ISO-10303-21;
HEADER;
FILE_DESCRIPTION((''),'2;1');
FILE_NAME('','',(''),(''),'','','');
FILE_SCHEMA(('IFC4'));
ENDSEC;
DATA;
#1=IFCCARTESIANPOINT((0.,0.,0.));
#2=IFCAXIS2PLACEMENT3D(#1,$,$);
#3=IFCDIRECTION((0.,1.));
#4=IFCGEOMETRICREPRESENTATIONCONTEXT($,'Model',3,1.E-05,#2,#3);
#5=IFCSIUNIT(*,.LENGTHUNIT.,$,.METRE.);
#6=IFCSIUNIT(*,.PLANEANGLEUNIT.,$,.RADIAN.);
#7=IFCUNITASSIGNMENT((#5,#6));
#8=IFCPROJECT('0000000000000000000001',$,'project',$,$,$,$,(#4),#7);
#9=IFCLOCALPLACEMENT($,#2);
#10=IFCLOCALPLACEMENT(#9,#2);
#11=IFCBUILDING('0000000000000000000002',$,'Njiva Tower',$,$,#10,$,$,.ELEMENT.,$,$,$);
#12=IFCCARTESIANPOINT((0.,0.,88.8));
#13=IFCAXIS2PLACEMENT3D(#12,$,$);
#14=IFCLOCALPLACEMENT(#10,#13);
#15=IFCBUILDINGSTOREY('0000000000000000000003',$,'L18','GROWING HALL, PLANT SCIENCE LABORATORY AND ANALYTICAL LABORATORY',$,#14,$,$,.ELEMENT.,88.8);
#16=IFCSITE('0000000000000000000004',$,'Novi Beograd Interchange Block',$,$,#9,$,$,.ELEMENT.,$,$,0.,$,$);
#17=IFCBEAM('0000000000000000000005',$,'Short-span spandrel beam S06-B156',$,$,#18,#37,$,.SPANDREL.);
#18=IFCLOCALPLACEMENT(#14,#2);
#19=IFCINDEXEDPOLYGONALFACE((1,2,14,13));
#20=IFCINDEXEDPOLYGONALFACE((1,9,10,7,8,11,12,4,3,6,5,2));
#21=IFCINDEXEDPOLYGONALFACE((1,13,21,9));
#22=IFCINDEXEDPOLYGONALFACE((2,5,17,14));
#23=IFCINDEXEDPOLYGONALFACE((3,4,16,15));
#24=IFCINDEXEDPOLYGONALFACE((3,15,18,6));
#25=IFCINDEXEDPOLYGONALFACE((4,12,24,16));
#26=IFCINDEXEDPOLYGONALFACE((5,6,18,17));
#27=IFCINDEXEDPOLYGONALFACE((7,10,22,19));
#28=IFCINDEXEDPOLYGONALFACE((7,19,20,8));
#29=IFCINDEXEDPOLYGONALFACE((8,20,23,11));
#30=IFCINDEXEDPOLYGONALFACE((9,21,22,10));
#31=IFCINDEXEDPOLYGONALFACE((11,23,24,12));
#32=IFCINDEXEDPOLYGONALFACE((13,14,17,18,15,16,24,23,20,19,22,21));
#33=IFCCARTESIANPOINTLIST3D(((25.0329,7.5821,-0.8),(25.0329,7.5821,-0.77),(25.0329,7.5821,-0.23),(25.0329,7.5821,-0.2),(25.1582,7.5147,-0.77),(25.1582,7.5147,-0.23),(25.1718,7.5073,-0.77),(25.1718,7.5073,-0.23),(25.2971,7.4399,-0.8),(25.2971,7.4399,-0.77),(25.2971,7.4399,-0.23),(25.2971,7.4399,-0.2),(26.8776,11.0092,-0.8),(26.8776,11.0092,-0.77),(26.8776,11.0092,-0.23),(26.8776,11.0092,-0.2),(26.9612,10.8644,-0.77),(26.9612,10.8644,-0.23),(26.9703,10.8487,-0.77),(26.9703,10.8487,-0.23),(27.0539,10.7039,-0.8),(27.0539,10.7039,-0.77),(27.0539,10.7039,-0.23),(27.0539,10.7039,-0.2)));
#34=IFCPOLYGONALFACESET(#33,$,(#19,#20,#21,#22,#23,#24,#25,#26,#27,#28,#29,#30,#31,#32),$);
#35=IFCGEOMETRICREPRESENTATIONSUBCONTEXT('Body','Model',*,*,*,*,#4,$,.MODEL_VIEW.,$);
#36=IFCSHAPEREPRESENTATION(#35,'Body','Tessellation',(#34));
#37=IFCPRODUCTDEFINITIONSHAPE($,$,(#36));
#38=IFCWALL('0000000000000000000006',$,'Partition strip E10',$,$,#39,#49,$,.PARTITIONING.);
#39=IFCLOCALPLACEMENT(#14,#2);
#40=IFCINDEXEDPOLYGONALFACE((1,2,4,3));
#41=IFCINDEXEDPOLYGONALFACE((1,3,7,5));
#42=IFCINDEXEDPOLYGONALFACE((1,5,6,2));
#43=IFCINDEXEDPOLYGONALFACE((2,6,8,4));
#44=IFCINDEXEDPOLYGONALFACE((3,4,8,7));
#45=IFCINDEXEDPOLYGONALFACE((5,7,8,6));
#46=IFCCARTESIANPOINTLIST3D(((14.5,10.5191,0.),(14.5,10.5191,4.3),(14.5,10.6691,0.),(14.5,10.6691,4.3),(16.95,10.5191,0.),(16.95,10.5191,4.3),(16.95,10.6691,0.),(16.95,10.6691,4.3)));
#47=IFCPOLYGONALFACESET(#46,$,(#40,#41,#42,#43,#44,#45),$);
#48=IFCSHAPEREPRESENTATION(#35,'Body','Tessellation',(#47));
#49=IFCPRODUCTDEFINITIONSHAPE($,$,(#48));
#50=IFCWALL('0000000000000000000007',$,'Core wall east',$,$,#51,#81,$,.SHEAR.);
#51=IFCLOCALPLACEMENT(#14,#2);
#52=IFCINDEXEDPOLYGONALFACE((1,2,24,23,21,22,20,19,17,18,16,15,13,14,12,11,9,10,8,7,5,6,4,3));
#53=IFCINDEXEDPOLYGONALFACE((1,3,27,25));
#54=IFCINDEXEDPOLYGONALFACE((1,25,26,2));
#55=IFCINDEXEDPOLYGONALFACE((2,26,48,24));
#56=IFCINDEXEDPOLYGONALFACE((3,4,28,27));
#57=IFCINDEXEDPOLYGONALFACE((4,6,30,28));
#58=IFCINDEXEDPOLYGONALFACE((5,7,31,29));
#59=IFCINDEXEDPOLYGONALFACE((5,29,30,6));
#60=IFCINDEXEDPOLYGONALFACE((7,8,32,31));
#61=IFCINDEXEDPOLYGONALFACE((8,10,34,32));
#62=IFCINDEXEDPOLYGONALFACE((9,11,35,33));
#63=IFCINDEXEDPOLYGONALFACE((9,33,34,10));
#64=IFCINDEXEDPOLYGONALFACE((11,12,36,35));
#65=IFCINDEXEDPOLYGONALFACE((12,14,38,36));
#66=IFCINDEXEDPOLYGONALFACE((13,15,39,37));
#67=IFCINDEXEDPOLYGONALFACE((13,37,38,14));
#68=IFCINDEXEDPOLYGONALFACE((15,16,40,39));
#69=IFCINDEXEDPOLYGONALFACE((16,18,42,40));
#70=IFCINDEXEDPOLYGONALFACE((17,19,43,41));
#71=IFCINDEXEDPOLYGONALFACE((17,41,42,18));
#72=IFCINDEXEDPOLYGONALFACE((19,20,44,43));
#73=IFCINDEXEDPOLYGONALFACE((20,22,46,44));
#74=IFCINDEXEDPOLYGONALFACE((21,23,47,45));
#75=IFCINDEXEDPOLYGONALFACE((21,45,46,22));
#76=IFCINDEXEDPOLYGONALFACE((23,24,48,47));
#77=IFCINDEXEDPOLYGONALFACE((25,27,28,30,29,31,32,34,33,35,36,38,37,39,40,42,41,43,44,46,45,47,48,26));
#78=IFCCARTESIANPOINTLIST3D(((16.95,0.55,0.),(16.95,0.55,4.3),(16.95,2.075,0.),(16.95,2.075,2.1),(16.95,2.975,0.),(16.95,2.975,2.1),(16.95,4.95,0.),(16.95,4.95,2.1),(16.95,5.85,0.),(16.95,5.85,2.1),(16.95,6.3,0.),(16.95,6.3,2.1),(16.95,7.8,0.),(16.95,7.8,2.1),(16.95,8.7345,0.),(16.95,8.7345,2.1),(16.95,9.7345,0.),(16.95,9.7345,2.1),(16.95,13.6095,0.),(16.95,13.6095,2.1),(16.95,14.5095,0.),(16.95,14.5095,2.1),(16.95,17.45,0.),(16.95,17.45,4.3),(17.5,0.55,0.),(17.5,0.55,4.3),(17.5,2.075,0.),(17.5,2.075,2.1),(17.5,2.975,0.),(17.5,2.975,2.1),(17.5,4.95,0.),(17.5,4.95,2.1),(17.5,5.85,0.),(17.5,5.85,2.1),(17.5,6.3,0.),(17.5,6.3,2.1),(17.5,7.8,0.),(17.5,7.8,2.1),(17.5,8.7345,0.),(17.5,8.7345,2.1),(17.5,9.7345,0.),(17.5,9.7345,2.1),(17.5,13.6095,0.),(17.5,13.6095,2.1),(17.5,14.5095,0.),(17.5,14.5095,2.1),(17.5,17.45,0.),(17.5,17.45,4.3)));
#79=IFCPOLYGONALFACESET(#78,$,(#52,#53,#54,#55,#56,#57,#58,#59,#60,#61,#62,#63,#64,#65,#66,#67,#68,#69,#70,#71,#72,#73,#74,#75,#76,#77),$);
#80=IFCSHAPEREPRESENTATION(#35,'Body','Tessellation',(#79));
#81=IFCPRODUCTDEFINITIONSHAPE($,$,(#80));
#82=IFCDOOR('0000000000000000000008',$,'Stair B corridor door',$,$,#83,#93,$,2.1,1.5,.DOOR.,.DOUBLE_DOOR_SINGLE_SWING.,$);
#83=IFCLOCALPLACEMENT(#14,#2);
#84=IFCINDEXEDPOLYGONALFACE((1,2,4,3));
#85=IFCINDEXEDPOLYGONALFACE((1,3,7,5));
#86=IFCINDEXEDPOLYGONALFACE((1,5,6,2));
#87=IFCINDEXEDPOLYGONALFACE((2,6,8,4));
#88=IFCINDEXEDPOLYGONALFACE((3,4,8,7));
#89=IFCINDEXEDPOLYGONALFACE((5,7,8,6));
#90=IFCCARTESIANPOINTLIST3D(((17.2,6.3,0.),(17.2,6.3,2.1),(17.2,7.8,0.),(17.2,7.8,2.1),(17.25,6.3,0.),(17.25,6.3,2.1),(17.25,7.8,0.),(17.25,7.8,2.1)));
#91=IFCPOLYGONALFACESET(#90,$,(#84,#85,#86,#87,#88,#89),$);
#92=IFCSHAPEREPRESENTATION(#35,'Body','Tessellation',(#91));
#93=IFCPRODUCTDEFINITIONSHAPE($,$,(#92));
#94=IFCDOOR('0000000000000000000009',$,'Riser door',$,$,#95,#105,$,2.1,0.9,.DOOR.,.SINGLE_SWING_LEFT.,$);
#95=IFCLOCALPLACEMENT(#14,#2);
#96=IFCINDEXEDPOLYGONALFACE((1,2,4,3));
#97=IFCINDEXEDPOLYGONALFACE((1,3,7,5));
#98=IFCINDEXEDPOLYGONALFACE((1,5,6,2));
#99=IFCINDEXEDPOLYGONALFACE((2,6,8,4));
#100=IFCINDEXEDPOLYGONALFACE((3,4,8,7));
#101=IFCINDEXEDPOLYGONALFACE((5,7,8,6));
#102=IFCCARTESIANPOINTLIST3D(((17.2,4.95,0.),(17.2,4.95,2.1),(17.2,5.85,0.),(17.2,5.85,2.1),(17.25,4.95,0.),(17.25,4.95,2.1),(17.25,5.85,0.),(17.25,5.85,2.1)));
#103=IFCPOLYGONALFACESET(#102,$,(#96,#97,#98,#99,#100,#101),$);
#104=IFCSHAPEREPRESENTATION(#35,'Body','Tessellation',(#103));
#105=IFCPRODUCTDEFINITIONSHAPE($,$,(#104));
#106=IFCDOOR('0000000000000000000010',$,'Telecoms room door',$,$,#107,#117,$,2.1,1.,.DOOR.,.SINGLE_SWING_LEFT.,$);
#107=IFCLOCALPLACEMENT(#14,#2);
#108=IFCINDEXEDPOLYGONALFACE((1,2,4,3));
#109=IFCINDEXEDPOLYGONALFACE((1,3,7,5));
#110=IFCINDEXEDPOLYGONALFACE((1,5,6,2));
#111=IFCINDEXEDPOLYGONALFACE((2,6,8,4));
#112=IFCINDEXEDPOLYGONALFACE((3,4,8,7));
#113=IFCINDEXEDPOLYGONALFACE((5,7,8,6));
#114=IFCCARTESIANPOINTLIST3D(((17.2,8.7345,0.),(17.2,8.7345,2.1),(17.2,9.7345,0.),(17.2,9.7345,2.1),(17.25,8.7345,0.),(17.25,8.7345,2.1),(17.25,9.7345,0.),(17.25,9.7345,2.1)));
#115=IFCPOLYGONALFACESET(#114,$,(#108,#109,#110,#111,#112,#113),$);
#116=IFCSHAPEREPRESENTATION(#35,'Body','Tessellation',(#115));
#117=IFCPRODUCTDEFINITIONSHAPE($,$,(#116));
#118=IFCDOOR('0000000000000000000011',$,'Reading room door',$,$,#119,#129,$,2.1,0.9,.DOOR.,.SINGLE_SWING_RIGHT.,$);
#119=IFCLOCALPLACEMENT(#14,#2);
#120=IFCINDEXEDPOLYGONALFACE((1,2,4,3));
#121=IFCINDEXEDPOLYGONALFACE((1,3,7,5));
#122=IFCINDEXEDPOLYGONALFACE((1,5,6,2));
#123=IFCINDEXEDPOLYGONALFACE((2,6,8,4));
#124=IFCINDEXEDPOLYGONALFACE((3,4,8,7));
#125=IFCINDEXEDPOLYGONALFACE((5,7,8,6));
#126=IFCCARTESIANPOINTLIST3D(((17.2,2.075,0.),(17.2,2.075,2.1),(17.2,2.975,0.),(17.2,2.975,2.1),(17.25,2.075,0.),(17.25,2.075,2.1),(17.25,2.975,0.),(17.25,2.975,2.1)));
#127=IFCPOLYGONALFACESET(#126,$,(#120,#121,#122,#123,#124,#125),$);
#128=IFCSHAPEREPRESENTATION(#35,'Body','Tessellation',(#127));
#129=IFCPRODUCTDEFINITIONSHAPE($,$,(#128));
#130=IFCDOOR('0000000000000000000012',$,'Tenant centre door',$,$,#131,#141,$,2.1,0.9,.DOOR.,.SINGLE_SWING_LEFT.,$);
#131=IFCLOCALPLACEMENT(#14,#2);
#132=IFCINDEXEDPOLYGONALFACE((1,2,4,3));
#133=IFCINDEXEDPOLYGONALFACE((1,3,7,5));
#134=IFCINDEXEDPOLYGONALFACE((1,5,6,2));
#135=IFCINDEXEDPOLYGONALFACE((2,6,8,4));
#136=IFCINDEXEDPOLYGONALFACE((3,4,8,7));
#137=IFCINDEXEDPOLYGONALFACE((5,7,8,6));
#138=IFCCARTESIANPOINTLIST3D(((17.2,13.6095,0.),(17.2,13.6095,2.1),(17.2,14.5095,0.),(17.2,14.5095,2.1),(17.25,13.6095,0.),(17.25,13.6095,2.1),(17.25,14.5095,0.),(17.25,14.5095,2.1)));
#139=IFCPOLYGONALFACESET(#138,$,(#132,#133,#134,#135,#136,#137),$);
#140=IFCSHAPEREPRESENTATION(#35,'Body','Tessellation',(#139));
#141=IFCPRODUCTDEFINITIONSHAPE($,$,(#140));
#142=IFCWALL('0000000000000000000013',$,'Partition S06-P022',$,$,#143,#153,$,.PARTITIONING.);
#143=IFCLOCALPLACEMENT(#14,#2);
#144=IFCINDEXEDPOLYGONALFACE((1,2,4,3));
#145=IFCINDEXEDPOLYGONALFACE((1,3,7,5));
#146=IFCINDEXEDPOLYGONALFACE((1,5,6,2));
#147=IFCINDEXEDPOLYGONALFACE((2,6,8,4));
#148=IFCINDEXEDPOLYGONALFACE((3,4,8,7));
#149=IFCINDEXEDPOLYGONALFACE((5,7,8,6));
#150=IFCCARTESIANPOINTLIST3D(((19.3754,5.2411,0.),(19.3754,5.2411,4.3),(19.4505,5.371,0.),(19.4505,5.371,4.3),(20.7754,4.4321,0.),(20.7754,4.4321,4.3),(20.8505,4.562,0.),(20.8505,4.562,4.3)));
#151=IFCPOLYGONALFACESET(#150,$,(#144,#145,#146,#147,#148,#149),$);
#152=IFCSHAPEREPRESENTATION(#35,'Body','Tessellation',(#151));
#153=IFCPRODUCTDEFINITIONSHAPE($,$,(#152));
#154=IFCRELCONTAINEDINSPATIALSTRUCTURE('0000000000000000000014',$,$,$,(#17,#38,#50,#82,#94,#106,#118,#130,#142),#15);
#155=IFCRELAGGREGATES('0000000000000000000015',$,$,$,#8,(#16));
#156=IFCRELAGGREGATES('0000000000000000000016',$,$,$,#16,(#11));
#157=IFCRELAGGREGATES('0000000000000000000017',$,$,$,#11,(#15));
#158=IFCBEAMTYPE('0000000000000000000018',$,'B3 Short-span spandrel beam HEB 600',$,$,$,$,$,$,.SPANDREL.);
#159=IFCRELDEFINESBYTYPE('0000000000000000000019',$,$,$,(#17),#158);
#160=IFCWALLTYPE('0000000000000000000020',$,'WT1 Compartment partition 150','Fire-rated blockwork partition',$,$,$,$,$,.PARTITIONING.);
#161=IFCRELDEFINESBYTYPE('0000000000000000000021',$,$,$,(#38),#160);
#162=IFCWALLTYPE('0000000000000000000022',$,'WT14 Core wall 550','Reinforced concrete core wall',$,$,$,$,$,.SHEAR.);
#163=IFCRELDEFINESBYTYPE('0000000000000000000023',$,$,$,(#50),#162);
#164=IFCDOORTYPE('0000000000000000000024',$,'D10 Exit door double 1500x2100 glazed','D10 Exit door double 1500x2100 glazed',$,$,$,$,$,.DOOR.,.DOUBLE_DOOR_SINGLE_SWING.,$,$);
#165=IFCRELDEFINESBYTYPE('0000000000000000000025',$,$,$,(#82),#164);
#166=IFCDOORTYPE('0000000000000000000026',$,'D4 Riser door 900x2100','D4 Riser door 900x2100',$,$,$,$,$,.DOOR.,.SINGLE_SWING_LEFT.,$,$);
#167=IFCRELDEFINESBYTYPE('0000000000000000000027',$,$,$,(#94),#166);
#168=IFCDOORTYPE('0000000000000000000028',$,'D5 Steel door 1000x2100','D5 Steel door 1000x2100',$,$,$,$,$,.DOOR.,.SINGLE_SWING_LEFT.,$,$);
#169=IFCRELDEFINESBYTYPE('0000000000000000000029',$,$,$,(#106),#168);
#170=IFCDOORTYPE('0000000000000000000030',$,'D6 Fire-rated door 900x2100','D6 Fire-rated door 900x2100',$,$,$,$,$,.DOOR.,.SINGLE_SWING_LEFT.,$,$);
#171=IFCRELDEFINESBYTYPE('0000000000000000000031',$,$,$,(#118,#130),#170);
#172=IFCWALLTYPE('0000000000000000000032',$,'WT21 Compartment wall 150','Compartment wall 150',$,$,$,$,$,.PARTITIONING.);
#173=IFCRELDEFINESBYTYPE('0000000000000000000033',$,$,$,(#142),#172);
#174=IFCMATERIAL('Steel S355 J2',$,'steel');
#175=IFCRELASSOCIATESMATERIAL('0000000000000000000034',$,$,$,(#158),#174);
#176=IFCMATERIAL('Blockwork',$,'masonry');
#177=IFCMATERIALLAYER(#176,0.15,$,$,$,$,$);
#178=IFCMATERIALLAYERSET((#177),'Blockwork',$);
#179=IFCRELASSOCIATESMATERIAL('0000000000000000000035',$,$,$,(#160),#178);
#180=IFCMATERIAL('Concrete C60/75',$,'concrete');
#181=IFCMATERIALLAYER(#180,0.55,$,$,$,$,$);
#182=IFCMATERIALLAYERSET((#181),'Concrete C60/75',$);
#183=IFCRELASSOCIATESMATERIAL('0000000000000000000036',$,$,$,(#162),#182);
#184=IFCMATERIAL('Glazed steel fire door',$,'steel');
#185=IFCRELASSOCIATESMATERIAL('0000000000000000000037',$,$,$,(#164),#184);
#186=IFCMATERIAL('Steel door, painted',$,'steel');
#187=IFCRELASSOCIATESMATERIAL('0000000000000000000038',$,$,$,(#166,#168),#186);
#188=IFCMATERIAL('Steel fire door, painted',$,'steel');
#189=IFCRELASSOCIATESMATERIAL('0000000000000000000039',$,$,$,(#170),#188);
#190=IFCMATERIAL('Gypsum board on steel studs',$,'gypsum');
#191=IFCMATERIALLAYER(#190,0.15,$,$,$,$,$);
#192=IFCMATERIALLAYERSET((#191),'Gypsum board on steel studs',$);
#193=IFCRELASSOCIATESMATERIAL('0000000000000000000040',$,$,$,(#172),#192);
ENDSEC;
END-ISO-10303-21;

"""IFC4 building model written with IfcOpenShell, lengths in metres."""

from ifc_helpers import new_model, si_unit, direction, frame, frame_2d, origin, origin_2d, place, context, subcontext, project, spatial, rectangle, i_section, extrude, clip, halfspace, material, layer, layer_set, material_profile, profile_set, type_object, element, fill, save


model = new_model("IFC4")

# Units and contexts
model_context = context("Model", 3, precision=1e-05, world=origin(), true_north=direction((0.0, 1.0)))
body_context = subcontext(model_context, "Body", "Model", "MODEL_VIEW")
ifc_project = project(units=[si_unit("LENGTHUNIT", "METRE"), si_unit("PLANEANGLEUNIT", "RADIAN")], contexts=[model_context])

# Site, building, storey
site_placement = place(None, origin())
site = spatial("IfcSite", under=ifc_project, at=site_placement, Name="Novi Beograd Interchange Block", CompositionType="ELEMENT", RefElevation=0.0)
building_placement = place(site_placement, origin())
building = spatial("IfcBuilding", under=site, at=building_placement, Name="Njiva Tower", CompositionType="ELEMENT")
storey_placement = place(building_placement, frame((0.0, 0.0, 88.8)))
storey = spatial("IfcBuildingStorey", under=building, at=storey_placement, Name="L18", Description="GROWING HALL, PLANT SCIENCE LABORATORY AND ANALYTICAL LABORATORY", CompositionType="ELEMENT", Elevation=88.8)

# Shared definitions
ifc_material_1 = material(Name="Steel S355 J2", Category="steel")

# Beam
ifc_material_profile_1 = material_profile(ifc_material_1, i_section(OverallWidth=0.3, OverallDepth=0.6, WebThickness=0.0155, FlangeThickness=0.03, at=origin_2d()), Name="HEB 600")
ifc_profile_set_1 = profile_set([ifc_material_profile_1], Name="Steel S355 J2")
beam_type_1 = type_object("IfcBeamType", Name="B3 Short-span spandrel beam HEB 600", PredefinedType="SPANDREL", material=ifc_profile_set_1)
beam_1_placement = place(storey_placement, frame((25.165, 7.511, -0.5), z_axis=(0.473959, 0.880547, 0.0), x_axis=(-0.880547, 0.473959, 0.0)))
element("IfcBeam", 1, at=beam_1_placement, inside=storey, type_object=beam_type_1, Name="Short-span spandrel beam S06-B156", PredefinedType="SPANDREL", context=body_context, shape_type="Clipping", body=[
    clip(extrude(i_section(OverallWidth=0.3, OverallDepth=0.6, WebThickness=0.0155, FlangeThickness=0.03, at=origin_2d()), origin(), (0.0, 0.0, 1.0), 3.9129), halfspace(frame((-0.0259, 0.0, 3.7834), z_axis=(-0.525599, 0.0, 0.850733), x_axis=(0.0, 1.0, 0.0)), False)),
])

# Wall
ifc_material_2 = material(Name="Blockwork", Category="masonry")
ifc_layer_1 = layer(ifc_material_2, 0.15)
ifc_layer_set_1 = layer_set([ifc_layer_1], Name="Blockwork")
wall_type_1 = type_object("IfcWallType", Name="WT1 Compartment partition 150", Description="Fire-rated blockwork partition", PredefinedType="PARTITIONING", material=ifc_layer_set_1)
wall_1_placement = place(storey_placement, frame((14.5, 10.5941, 0.0), z_axis=(0.0, 0.0, 1.0), x_axis=(1.0, 0.0, 0.0)))
element("IfcWall", 2, at=wall_1_placement, inside=storey, type_object=wall_type_1, Name="Partition strip E10", PredefinedType="PARTITIONING", context=body_context, shape_type="SweptSolid", body=[
    extrude(rectangle(XDim=2.45, YDim=0.15, at=frame_2d((1.225, 0.0))), origin(), (0.0, 0.0, 1.0), 4.3),
])

# Wall, openings, doors
ifc_material_3 = material(Name="Concrete C60/75", Category="concrete")
ifc_layer_2 = layer(ifc_material_3, 0.55)
ifc_layer_set_2 = layer_set([ifc_layer_2], Name="Concrete C60/75")
wall_type_2 = type_object("IfcWallType", Name="WT14 Core wall 550", Description="Reinforced concrete core wall", PredefinedType="SHEAR", material=ifc_layer_set_2)
wall_2_placement = place(storey_placement, frame((17.225, 0.55, 0.0), z_axis=(0.0, 0.0, 1.0), x_axis=(0.0, 1.0, 0.0)))
wall_2 = element("IfcWall", 3, at=wall_2_placement, inside=storey, type_object=wall_type_2, Name="Core wall east", PredefinedType="SHEAR", context=body_context, shape_type="SweptSolid", body=[
    extrude(rectangle(XDim=16.9, YDim=0.55, at=frame_2d((8.45, 0.0))), origin(), (0.0, 0.0, 1.0), 4.3),
])
opening_1_placement = place(wall_2_placement, frame((5.75, 0.0, 0.0)))
opening_1 = element("IfcOpeningElement", 4, at=opening_1_placement, cuts=wall_2, PredefinedType="OPENING", context=body_context, shape_type="SweptSolid", body=[
    extrude(rectangle(XDim=1.5, YDim=2.1, at=frame_2d((0.75, 1.05))), frame((0.0, 0.285, 0.0), z_axis=(0.0, -1.0, 0.0), x_axis=(1.0, 0.0, 0.0)), (0.0, 0.0, 1.0), 0.57),
])
opening_2_placement = place(wall_2_placement, frame((1.525, 0.0, 0.0)))
opening_2 = element("IfcOpeningElement", 5, at=opening_2_placement, cuts=wall_2, PredefinedType="OPENING", context=body_context, shape_type="SweptSolid", body=[
    extrude(rectangle(XDim=0.9, YDim=2.1, at=frame_2d((0.45, 1.05))), frame((0.0, 0.285, 0.0), z_axis=(0.0, -1.0, 0.0), x_axis=(1.0, 0.0, 0.0)), (0.0, 0.0, 1.0), 0.57),
])
opening_3_placement = place(wall_2_placement, frame((4.4, 0.0, 0.0)))
opening_3 = element("IfcOpeningElement", 6, at=opening_3_placement, cuts=wall_2, PredefinedType="OPENING", context=body_context, shape_type="SweptSolid", body=[
    extrude(rectangle(XDim=0.9, YDim=2.1, at=frame_2d((0.45, 1.05))), frame((0.0, 0.285, 0.0), z_axis=(0.0, -1.0, 0.0), x_axis=(1.0, 0.0, 0.0)), (0.0, 0.0, 1.0), 0.57),
])
opening_4_placement = place(wall_2_placement, frame((8.1845, 0.0, 0.0)))
opening_4 = element("IfcOpeningElement", 7, at=opening_4_placement, cuts=wall_2, PredefinedType="OPENING", context=body_context, shape_type="SweptSolid", body=[
    extrude(rectangle(XDim=1.0, YDim=2.1, at=frame_2d((0.5, 1.05))), frame((0.0, 0.285, 0.0), z_axis=(0.0, -1.0, 0.0), x_axis=(1.0, 0.0, 0.0)), (0.0, 0.0, 1.0), 0.57),
])
opening_5_placement = place(wall_2_placement, frame((13.0595, 0.0, 0.0)))
opening_5 = element("IfcOpeningElement", 8, at=opening_5_placement, cuts=wall_2, PredefinedType="OPENING", context=body_context, shape_type="SweptSolid", body=[
    extrude(rectangle(XDim=0.9, YDim=2.1, at=frame_2d((0.45, 1.05))), frame((0.0, 0.285, 0.0), z_axis=(0.0, -1.0, 0.0), x_axis=(1.0, 0.0, 0.0)), (0.0, 0.0, 1.0), 0.57),
])
ifc_material_4 = material(Name="Glazed steel fire door", Category="steel")
door_type_1 = type_object("IfcDoorType", Name="D10 Exit door double 1500x2100 glazed", Description="D10 Exit door double 1500x2100 glazed", OperationType="DOUBLE_DOOR_SINGLE_SWING", PredefinedType="DOOR", material=ifc_material_4)
door_1_placement = place(opening_1_placement, origin())
door_1 = element("IfcDoor", 9, at=door_1_placement, inside=storey, type_object=door_type_1, Name="Stair B corridor door", OperationType="DOUBLE_DOOR_SINGLE_SWING", OverallHeight=2.1, OverallWidth=1.5, PredefinedType="DOOR", context=body_context, shape_type="SweptSolid", body=[
    extrude(rectangle(XDim=1.5, YDim=2.1, at=frame_2d((0.75, 1.05))), frame((0.0, 0.025, 0.0), z_axis=(0.0, -1.0, 0.0), x_axis=(1.0, 0.0, 0.0)), (0.0, 0.0, 1.0), 0.05),
])
fill(opening_1, door_1)
ifc_material_5 = material(Name="Steel door, painted", Category="steel")
door_type_2 = type_object("IfcDoorType", Name="D4 Riser door 900x2100", Description="D4 Riser door 900x2100", OperationType="SINGLE_SWING_LEFT", PredefinedType="DOOR", material=ifc_material_5)
door_2_placement = place(opening_3_placement, origin())
door_2 = element("IfcDoor", 10, at=door_2_placement, inside=storey, type_object=door_type_2, Name="Riser door", OperationType="SINGLE_SWING_LEFT", OverallHeight=2.1, OverallWidth=0.9, PredefinedType="DOOR", context=body_context, shape_type="SweptSolid", body=[
    extrude(rectangle(XDim=0.9, YDim=2.1, at=frame_2d((0.45, 1.05))), frame((0.0, 0.025, 0.0), z_axis=(0.0, -1.0, 0.0), x_axis=(1.0, 0.0, 0.0)), (0.0, 0.0, 1.0), 0.05),
])
fill(opening_3, door_2)
door_type_3 = type_object("IfcDoorType", Name="D5 Steel door 1000x2100", Description="D5 Steel door 1000x2100", OperationType="SINGLE_SWING_LEFT", PredefinedType="DOOR", material=ifc_material_5)
door_3_placement = place(opening_4_placement, origin())
door_3 = element("IfcDoor", 11, at=door_3_placement, inside=storey, type_object=door_type_3, Name="Telecoms room door", OperationType="SINGLE_SWING_LEFT", OverallHeight=2.1, OverallWidth=1.0, PredefinedType="DOOR", context=body_context, shape_type="SweptSolid", body=[
    extrude(rectangle(XDim=1.0, YDim=2.1, at=frame_2d((0.5, 1.05))), frame((0.0, 0.025, 0.0), z_axis=(0.0, -1.0, 0.0), x_axis=(1.0, 0.0, 0.0)), (0.0, 0.0, 1.0), 0.05),
])
fill(opening_4, door_3)
ifc_material_6 = material(Name="Steel fire door, painted", Category="steel")
door_type_4 = type_object("IfcDoorType", Name="D6 Fire-rated door 900x2100", Description="D6 Fire-rated door 900x2100", OperationType="SINGLE_SWING_LEFT", PredefinedType="DOOR", material=ifc_material_6)
door_4_placement = place(opening_2_placement, origin())
door_4 = element("IfcDoor", 12, at=door_4_placement, inside=storey, type_object=door_type_4, Name="Reading room door", OperationType="SINGLE_SWING_RIGHT", OverallHeight=2.1, OverallWidth=0.9, PredefinedType="DOOR", context=body_context, shape_type="SweptSolid", body=[
    extrude(rectangle(XDim=0.9, YDim=2.1, at=frame_2d((0.45, 1.05))), frame((0.0, 0.025, 0.0), z_axis=(0.0, -1.0, 0.0), x_axis=(1.0, 0.0, 0.0)), (0.0, 0.0, 1.0), 0.05),
])
fill(opening_2, door_4)
door_5_placement = place(opening_5_placement, origin())
door_5 = element("IfcDoor", 13, at=door_5_placement, inside=storey, type_object=door_type_4, Name="Tenant centre door", OperationType="SINGLE_SWING_LEFT", OverallHeight=2.1, OverallWidth=0.9, PredefinedType="DOOR", context=body_context, shape_type="SweptSolid", body=[
    extrude(rectangle(XDim=0.9, YDim=2.1, at=frame_2d((0.45, 1.05))), frame((0.0, 0.025, 0.0), z_axis=(0.0, -1.0, 0.0), x_axis=(1.0, 0.0, 0.0)), (0.0, 0.0, 1.0), 0.05),
])
fill(opening_5, door_5)

# Wall
ifc_material_7 = material(Name="Gypsum board on steel studs", Category="gypsum")
ifc_layer_3 = layer(ifc_material_7, 0.15)
ifc_layer_set_3 = layer_set([ifc_layer_3], Name="Gypsum board on steel studs")
wall_type_3 = type_object("IfcWallType", Name="WT21 Compartment wall 150", Description="Compartment wall 150", PredefinedType="PARTITIONING", material=ifc_layer_set_3)
wall_3_placement = place(storey_placement, frame((19.413, 5.306, 0.0), z_axis=(0.0, 0.0, 1.0), x_axis=(0.865835, -0.500329, 0.0)))
element("IfcWall", 14, at=wall_3_placement, inside=storey, type_object=wall_type_3, Name="Partition S06-P022", PredefinedType="PARTITIONING", context=body_context, shape_type="SweptSolid", body=[
    extrude(rectangle(XDim=1.6169, YDim=0.15, at=frame_2d((0.8084, 0.0))), origin(), (0.0, 0.0, 1.0), 4.3),
])

save(model, "model.ifc")
